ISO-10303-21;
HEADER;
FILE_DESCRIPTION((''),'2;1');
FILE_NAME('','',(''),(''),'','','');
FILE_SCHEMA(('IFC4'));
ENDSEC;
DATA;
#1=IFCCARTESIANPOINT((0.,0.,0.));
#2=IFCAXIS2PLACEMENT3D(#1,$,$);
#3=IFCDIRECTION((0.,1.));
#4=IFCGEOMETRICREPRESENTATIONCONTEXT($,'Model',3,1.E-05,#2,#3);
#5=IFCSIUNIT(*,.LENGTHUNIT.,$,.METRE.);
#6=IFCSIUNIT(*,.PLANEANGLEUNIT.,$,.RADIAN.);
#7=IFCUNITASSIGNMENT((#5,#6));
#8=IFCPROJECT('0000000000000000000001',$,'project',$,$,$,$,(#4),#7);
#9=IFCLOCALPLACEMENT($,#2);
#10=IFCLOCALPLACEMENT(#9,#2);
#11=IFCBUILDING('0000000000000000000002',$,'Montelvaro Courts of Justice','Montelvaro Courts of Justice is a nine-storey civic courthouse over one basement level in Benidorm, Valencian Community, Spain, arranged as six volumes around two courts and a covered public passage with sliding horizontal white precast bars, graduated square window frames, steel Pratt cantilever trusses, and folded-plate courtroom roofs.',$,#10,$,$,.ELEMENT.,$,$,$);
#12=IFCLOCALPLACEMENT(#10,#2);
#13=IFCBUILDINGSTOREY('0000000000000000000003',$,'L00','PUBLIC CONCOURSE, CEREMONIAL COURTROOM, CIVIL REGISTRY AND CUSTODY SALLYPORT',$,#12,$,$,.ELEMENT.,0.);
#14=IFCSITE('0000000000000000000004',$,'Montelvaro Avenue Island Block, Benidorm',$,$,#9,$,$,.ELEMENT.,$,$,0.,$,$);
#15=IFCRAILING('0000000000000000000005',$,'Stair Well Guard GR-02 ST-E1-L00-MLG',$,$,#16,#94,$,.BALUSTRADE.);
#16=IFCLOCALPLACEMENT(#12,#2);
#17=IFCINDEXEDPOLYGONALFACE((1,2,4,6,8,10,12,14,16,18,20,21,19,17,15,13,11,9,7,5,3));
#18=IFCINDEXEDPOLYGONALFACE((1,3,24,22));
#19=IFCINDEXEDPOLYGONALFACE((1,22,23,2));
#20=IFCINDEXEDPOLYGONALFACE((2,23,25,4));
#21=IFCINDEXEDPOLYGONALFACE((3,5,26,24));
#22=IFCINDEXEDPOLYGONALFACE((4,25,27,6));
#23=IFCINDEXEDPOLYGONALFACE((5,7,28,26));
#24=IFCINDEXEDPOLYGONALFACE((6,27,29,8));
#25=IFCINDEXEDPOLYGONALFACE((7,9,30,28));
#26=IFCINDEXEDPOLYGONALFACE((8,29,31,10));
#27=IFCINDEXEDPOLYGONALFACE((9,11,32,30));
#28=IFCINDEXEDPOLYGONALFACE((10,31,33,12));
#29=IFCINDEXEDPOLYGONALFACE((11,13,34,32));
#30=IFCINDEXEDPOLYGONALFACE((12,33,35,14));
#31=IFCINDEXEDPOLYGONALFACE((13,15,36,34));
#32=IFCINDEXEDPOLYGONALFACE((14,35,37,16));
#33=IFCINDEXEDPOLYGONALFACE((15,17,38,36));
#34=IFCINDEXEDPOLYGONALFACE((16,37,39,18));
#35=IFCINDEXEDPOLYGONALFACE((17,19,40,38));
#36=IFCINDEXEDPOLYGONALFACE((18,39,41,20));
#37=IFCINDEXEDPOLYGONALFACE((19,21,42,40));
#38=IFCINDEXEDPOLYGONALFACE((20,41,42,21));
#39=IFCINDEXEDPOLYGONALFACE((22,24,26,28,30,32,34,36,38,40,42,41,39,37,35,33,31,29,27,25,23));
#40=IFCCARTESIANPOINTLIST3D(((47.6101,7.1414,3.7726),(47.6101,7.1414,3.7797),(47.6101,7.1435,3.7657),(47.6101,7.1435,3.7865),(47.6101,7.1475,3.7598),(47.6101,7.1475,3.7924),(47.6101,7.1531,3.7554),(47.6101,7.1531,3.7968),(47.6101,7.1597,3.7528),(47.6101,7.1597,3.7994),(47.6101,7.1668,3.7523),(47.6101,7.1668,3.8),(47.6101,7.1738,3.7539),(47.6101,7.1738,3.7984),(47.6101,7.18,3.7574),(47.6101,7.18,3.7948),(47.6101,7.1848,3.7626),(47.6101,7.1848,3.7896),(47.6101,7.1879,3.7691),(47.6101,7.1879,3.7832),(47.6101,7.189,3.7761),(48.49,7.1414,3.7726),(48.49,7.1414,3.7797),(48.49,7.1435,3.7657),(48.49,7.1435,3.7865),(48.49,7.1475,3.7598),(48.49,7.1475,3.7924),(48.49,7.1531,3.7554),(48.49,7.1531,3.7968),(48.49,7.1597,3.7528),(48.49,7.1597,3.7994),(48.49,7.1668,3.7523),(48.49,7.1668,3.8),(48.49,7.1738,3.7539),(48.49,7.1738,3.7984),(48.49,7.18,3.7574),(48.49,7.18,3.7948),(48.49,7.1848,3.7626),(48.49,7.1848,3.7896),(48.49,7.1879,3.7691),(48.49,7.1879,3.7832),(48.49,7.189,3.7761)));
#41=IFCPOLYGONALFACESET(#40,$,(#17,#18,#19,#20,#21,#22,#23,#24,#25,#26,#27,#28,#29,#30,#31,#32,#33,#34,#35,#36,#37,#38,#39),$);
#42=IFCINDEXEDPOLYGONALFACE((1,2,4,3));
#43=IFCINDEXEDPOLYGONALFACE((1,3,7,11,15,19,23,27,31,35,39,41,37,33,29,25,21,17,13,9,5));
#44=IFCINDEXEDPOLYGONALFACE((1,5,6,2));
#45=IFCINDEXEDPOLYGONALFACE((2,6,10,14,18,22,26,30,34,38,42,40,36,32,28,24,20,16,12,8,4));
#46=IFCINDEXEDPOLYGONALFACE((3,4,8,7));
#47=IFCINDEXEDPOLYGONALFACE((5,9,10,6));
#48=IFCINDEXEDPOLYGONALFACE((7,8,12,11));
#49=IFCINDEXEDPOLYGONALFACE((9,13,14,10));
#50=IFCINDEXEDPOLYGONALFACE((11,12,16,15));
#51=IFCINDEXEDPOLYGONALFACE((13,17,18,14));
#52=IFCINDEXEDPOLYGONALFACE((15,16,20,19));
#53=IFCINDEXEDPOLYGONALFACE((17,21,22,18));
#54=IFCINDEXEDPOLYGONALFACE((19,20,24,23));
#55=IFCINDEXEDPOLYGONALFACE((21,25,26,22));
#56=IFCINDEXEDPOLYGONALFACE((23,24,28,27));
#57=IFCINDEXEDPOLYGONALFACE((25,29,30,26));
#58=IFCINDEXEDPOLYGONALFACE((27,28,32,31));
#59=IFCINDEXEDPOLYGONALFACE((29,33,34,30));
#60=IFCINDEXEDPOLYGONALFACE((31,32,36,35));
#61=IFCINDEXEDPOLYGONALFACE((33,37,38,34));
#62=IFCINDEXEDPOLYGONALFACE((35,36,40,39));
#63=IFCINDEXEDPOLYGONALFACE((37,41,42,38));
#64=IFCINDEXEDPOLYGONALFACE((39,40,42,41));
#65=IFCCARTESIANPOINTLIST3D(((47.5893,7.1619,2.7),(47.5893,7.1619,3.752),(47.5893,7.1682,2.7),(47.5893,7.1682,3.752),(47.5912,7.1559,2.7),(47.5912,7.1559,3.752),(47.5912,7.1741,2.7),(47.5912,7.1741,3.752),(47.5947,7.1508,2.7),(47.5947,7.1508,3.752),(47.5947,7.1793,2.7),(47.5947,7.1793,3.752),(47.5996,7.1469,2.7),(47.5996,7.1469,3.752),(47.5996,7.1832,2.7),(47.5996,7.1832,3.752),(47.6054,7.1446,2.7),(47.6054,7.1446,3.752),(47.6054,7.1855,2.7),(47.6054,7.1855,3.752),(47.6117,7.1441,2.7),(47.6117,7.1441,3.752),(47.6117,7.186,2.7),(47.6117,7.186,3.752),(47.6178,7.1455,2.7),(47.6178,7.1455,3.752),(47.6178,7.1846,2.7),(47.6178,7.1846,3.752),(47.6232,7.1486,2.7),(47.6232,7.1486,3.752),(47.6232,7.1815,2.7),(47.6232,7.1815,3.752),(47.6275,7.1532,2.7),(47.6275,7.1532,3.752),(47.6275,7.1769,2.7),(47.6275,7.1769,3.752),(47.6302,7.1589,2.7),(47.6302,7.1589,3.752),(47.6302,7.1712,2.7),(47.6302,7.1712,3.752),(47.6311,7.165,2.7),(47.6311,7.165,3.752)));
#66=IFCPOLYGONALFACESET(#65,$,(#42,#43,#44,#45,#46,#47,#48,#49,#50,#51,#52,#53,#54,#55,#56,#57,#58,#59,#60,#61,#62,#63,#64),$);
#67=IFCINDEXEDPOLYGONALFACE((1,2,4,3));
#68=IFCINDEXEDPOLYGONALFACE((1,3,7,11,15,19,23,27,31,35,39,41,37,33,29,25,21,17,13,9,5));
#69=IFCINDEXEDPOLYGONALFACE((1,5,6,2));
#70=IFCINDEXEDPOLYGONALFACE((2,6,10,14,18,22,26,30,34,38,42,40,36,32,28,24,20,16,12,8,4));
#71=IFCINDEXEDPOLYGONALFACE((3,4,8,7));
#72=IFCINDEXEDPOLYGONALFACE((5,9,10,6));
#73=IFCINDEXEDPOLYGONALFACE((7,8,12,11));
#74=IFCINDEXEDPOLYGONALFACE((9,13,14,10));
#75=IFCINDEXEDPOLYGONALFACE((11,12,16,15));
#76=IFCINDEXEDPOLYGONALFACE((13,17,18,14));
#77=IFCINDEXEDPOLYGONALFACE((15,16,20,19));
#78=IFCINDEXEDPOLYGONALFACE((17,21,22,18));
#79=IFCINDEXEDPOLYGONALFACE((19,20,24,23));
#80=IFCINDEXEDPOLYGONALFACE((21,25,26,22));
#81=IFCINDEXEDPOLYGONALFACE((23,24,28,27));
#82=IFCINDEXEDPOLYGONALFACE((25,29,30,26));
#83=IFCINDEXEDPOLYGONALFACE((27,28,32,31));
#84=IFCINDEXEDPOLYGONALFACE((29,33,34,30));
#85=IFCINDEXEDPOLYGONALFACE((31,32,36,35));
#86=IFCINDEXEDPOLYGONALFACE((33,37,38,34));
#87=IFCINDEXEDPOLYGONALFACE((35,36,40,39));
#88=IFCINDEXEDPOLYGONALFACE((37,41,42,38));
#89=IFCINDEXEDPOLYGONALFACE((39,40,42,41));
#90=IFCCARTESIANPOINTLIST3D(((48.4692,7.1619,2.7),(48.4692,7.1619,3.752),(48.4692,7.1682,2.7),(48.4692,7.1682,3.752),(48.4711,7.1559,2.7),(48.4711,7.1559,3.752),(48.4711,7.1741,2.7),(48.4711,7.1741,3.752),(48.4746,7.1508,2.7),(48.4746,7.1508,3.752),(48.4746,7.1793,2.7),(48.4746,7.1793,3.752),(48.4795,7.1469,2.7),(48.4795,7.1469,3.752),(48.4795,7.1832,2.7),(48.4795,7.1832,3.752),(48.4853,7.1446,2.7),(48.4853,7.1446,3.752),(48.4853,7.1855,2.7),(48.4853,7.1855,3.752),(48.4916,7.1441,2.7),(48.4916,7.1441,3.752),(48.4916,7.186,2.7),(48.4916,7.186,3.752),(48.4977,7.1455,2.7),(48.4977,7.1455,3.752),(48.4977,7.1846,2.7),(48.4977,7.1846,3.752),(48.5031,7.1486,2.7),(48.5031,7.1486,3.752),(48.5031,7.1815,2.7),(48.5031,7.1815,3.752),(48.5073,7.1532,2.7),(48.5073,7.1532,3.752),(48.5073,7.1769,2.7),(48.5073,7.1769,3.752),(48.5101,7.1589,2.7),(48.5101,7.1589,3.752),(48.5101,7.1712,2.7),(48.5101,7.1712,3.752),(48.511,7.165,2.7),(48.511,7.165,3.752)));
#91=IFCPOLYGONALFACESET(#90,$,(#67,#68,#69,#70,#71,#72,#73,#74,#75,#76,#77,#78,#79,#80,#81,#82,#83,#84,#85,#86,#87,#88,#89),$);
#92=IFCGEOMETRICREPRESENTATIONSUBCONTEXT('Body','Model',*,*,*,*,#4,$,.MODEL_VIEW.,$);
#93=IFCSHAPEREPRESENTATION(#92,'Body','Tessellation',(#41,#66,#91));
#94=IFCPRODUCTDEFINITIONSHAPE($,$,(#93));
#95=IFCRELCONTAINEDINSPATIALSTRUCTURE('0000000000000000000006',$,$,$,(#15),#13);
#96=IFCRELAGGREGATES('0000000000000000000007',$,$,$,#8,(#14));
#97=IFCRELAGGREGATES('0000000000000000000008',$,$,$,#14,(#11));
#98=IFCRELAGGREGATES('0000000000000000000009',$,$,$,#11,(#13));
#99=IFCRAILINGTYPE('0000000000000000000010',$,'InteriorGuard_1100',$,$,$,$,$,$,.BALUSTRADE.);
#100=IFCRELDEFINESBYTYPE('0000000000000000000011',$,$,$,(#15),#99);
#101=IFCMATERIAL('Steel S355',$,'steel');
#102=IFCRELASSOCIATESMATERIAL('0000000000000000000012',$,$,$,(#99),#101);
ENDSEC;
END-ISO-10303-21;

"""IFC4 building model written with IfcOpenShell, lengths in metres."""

from ifc_helpers import new_model, si_unit, direction, frame, origin, origin_2d, place, context, subcontext, project, spatial, circle, extrude, material, type_object, element, save


model = new_model("IFC4")

# Units and contexts
model_context = context("Model", 3, precision=1e-05, world=origin(), true_north=direction((0.0, 1.0)))
body_context = subcontext(model_context, "Body", "Model", "MODEL_VIEW")
ifc_project = project(units=[si_unit("LENGTHUNIT", "METRE"), si_unit("PLANEANGLEUNIT", "RADIAN")], contexts=[model_context])

# Site, building, storey
site_placement = place(None, origin())
site = spatial("IfcSite", under=ifc_project, at=site_placement, Name="Montelvaro Avenue Island Block, Benidorm", CompositionType="ELEMENT", RefElevation=0.0)
building_placement = place(site_placement, origin())
building = spatial("IfcBuilding", under=site, at=building_placement, Name="Montelvaro Courts of Justice", Description="Montelvaro Courts of Justice is a nine-storey civic courthouse over one basement level in Benidorm, Valencian Community, Spain, arranged as six volumes around two courts and a covered public passage with sliding horizontal white precast bars, graduated square window frames, steel Pratt cantilever trusses, and folded-plate courtroom roofs.", CompositionType="ELEMENT")
storey_placement = place(building_placement, origin())
storey = spatial("IfcBuildingStorey", under=building, at=storey_placement, Name="L00", Description="PUBLIC CONCOURSE, CEREMONIAL COURTROOM, CIVIL REGISTRY AND CUSTODY SALLYPORT", CompositionType="ELEMENT", Elevation=0.0)

# Shared definitions
ifc_material_1 = material(Name="Steel S355", Category="steel")

# Railing
railing_type_1 = type_object("IfcRailingType", Name="InteriorGuard_1100", PredefinedType="BALUSTRADE", material=ifc_material_1)
railing_1_placement = place(storey_placement, frame((47.6101, 7.165, 2.7)))
element("IfcRailing", 1, at=railing_1_placement, inside=storey, type_object=railing_type_1, Name="Stair Well Guard GR-02 ST-E1-L00-MLG", PredefinedType="BALUSTRADE", context=body_context, shape_type="SweptSolid", body=[
    extrude(circle(Radius=0.0239, at=origin_2d()), frame((0.0, 0.0, 1.0762), z_axis=(1.0, 0.0, 0.0), x_axis=(0.0, 1.0, 0.0)), (0.0, 0.0, 1.0), 0.8799),
    extrude(circle(Radius=0.021, at=origin_2d()), origin(), (0.0, 0.0, 1.0), 1.052),
    extrude(circle(Radius=0.021, at=origin_2d()), frame((0.8799, 0.0, 0.0)), (0.0, 0.0, 1.0), 1.052),
])

save(model, "model.ifc")
